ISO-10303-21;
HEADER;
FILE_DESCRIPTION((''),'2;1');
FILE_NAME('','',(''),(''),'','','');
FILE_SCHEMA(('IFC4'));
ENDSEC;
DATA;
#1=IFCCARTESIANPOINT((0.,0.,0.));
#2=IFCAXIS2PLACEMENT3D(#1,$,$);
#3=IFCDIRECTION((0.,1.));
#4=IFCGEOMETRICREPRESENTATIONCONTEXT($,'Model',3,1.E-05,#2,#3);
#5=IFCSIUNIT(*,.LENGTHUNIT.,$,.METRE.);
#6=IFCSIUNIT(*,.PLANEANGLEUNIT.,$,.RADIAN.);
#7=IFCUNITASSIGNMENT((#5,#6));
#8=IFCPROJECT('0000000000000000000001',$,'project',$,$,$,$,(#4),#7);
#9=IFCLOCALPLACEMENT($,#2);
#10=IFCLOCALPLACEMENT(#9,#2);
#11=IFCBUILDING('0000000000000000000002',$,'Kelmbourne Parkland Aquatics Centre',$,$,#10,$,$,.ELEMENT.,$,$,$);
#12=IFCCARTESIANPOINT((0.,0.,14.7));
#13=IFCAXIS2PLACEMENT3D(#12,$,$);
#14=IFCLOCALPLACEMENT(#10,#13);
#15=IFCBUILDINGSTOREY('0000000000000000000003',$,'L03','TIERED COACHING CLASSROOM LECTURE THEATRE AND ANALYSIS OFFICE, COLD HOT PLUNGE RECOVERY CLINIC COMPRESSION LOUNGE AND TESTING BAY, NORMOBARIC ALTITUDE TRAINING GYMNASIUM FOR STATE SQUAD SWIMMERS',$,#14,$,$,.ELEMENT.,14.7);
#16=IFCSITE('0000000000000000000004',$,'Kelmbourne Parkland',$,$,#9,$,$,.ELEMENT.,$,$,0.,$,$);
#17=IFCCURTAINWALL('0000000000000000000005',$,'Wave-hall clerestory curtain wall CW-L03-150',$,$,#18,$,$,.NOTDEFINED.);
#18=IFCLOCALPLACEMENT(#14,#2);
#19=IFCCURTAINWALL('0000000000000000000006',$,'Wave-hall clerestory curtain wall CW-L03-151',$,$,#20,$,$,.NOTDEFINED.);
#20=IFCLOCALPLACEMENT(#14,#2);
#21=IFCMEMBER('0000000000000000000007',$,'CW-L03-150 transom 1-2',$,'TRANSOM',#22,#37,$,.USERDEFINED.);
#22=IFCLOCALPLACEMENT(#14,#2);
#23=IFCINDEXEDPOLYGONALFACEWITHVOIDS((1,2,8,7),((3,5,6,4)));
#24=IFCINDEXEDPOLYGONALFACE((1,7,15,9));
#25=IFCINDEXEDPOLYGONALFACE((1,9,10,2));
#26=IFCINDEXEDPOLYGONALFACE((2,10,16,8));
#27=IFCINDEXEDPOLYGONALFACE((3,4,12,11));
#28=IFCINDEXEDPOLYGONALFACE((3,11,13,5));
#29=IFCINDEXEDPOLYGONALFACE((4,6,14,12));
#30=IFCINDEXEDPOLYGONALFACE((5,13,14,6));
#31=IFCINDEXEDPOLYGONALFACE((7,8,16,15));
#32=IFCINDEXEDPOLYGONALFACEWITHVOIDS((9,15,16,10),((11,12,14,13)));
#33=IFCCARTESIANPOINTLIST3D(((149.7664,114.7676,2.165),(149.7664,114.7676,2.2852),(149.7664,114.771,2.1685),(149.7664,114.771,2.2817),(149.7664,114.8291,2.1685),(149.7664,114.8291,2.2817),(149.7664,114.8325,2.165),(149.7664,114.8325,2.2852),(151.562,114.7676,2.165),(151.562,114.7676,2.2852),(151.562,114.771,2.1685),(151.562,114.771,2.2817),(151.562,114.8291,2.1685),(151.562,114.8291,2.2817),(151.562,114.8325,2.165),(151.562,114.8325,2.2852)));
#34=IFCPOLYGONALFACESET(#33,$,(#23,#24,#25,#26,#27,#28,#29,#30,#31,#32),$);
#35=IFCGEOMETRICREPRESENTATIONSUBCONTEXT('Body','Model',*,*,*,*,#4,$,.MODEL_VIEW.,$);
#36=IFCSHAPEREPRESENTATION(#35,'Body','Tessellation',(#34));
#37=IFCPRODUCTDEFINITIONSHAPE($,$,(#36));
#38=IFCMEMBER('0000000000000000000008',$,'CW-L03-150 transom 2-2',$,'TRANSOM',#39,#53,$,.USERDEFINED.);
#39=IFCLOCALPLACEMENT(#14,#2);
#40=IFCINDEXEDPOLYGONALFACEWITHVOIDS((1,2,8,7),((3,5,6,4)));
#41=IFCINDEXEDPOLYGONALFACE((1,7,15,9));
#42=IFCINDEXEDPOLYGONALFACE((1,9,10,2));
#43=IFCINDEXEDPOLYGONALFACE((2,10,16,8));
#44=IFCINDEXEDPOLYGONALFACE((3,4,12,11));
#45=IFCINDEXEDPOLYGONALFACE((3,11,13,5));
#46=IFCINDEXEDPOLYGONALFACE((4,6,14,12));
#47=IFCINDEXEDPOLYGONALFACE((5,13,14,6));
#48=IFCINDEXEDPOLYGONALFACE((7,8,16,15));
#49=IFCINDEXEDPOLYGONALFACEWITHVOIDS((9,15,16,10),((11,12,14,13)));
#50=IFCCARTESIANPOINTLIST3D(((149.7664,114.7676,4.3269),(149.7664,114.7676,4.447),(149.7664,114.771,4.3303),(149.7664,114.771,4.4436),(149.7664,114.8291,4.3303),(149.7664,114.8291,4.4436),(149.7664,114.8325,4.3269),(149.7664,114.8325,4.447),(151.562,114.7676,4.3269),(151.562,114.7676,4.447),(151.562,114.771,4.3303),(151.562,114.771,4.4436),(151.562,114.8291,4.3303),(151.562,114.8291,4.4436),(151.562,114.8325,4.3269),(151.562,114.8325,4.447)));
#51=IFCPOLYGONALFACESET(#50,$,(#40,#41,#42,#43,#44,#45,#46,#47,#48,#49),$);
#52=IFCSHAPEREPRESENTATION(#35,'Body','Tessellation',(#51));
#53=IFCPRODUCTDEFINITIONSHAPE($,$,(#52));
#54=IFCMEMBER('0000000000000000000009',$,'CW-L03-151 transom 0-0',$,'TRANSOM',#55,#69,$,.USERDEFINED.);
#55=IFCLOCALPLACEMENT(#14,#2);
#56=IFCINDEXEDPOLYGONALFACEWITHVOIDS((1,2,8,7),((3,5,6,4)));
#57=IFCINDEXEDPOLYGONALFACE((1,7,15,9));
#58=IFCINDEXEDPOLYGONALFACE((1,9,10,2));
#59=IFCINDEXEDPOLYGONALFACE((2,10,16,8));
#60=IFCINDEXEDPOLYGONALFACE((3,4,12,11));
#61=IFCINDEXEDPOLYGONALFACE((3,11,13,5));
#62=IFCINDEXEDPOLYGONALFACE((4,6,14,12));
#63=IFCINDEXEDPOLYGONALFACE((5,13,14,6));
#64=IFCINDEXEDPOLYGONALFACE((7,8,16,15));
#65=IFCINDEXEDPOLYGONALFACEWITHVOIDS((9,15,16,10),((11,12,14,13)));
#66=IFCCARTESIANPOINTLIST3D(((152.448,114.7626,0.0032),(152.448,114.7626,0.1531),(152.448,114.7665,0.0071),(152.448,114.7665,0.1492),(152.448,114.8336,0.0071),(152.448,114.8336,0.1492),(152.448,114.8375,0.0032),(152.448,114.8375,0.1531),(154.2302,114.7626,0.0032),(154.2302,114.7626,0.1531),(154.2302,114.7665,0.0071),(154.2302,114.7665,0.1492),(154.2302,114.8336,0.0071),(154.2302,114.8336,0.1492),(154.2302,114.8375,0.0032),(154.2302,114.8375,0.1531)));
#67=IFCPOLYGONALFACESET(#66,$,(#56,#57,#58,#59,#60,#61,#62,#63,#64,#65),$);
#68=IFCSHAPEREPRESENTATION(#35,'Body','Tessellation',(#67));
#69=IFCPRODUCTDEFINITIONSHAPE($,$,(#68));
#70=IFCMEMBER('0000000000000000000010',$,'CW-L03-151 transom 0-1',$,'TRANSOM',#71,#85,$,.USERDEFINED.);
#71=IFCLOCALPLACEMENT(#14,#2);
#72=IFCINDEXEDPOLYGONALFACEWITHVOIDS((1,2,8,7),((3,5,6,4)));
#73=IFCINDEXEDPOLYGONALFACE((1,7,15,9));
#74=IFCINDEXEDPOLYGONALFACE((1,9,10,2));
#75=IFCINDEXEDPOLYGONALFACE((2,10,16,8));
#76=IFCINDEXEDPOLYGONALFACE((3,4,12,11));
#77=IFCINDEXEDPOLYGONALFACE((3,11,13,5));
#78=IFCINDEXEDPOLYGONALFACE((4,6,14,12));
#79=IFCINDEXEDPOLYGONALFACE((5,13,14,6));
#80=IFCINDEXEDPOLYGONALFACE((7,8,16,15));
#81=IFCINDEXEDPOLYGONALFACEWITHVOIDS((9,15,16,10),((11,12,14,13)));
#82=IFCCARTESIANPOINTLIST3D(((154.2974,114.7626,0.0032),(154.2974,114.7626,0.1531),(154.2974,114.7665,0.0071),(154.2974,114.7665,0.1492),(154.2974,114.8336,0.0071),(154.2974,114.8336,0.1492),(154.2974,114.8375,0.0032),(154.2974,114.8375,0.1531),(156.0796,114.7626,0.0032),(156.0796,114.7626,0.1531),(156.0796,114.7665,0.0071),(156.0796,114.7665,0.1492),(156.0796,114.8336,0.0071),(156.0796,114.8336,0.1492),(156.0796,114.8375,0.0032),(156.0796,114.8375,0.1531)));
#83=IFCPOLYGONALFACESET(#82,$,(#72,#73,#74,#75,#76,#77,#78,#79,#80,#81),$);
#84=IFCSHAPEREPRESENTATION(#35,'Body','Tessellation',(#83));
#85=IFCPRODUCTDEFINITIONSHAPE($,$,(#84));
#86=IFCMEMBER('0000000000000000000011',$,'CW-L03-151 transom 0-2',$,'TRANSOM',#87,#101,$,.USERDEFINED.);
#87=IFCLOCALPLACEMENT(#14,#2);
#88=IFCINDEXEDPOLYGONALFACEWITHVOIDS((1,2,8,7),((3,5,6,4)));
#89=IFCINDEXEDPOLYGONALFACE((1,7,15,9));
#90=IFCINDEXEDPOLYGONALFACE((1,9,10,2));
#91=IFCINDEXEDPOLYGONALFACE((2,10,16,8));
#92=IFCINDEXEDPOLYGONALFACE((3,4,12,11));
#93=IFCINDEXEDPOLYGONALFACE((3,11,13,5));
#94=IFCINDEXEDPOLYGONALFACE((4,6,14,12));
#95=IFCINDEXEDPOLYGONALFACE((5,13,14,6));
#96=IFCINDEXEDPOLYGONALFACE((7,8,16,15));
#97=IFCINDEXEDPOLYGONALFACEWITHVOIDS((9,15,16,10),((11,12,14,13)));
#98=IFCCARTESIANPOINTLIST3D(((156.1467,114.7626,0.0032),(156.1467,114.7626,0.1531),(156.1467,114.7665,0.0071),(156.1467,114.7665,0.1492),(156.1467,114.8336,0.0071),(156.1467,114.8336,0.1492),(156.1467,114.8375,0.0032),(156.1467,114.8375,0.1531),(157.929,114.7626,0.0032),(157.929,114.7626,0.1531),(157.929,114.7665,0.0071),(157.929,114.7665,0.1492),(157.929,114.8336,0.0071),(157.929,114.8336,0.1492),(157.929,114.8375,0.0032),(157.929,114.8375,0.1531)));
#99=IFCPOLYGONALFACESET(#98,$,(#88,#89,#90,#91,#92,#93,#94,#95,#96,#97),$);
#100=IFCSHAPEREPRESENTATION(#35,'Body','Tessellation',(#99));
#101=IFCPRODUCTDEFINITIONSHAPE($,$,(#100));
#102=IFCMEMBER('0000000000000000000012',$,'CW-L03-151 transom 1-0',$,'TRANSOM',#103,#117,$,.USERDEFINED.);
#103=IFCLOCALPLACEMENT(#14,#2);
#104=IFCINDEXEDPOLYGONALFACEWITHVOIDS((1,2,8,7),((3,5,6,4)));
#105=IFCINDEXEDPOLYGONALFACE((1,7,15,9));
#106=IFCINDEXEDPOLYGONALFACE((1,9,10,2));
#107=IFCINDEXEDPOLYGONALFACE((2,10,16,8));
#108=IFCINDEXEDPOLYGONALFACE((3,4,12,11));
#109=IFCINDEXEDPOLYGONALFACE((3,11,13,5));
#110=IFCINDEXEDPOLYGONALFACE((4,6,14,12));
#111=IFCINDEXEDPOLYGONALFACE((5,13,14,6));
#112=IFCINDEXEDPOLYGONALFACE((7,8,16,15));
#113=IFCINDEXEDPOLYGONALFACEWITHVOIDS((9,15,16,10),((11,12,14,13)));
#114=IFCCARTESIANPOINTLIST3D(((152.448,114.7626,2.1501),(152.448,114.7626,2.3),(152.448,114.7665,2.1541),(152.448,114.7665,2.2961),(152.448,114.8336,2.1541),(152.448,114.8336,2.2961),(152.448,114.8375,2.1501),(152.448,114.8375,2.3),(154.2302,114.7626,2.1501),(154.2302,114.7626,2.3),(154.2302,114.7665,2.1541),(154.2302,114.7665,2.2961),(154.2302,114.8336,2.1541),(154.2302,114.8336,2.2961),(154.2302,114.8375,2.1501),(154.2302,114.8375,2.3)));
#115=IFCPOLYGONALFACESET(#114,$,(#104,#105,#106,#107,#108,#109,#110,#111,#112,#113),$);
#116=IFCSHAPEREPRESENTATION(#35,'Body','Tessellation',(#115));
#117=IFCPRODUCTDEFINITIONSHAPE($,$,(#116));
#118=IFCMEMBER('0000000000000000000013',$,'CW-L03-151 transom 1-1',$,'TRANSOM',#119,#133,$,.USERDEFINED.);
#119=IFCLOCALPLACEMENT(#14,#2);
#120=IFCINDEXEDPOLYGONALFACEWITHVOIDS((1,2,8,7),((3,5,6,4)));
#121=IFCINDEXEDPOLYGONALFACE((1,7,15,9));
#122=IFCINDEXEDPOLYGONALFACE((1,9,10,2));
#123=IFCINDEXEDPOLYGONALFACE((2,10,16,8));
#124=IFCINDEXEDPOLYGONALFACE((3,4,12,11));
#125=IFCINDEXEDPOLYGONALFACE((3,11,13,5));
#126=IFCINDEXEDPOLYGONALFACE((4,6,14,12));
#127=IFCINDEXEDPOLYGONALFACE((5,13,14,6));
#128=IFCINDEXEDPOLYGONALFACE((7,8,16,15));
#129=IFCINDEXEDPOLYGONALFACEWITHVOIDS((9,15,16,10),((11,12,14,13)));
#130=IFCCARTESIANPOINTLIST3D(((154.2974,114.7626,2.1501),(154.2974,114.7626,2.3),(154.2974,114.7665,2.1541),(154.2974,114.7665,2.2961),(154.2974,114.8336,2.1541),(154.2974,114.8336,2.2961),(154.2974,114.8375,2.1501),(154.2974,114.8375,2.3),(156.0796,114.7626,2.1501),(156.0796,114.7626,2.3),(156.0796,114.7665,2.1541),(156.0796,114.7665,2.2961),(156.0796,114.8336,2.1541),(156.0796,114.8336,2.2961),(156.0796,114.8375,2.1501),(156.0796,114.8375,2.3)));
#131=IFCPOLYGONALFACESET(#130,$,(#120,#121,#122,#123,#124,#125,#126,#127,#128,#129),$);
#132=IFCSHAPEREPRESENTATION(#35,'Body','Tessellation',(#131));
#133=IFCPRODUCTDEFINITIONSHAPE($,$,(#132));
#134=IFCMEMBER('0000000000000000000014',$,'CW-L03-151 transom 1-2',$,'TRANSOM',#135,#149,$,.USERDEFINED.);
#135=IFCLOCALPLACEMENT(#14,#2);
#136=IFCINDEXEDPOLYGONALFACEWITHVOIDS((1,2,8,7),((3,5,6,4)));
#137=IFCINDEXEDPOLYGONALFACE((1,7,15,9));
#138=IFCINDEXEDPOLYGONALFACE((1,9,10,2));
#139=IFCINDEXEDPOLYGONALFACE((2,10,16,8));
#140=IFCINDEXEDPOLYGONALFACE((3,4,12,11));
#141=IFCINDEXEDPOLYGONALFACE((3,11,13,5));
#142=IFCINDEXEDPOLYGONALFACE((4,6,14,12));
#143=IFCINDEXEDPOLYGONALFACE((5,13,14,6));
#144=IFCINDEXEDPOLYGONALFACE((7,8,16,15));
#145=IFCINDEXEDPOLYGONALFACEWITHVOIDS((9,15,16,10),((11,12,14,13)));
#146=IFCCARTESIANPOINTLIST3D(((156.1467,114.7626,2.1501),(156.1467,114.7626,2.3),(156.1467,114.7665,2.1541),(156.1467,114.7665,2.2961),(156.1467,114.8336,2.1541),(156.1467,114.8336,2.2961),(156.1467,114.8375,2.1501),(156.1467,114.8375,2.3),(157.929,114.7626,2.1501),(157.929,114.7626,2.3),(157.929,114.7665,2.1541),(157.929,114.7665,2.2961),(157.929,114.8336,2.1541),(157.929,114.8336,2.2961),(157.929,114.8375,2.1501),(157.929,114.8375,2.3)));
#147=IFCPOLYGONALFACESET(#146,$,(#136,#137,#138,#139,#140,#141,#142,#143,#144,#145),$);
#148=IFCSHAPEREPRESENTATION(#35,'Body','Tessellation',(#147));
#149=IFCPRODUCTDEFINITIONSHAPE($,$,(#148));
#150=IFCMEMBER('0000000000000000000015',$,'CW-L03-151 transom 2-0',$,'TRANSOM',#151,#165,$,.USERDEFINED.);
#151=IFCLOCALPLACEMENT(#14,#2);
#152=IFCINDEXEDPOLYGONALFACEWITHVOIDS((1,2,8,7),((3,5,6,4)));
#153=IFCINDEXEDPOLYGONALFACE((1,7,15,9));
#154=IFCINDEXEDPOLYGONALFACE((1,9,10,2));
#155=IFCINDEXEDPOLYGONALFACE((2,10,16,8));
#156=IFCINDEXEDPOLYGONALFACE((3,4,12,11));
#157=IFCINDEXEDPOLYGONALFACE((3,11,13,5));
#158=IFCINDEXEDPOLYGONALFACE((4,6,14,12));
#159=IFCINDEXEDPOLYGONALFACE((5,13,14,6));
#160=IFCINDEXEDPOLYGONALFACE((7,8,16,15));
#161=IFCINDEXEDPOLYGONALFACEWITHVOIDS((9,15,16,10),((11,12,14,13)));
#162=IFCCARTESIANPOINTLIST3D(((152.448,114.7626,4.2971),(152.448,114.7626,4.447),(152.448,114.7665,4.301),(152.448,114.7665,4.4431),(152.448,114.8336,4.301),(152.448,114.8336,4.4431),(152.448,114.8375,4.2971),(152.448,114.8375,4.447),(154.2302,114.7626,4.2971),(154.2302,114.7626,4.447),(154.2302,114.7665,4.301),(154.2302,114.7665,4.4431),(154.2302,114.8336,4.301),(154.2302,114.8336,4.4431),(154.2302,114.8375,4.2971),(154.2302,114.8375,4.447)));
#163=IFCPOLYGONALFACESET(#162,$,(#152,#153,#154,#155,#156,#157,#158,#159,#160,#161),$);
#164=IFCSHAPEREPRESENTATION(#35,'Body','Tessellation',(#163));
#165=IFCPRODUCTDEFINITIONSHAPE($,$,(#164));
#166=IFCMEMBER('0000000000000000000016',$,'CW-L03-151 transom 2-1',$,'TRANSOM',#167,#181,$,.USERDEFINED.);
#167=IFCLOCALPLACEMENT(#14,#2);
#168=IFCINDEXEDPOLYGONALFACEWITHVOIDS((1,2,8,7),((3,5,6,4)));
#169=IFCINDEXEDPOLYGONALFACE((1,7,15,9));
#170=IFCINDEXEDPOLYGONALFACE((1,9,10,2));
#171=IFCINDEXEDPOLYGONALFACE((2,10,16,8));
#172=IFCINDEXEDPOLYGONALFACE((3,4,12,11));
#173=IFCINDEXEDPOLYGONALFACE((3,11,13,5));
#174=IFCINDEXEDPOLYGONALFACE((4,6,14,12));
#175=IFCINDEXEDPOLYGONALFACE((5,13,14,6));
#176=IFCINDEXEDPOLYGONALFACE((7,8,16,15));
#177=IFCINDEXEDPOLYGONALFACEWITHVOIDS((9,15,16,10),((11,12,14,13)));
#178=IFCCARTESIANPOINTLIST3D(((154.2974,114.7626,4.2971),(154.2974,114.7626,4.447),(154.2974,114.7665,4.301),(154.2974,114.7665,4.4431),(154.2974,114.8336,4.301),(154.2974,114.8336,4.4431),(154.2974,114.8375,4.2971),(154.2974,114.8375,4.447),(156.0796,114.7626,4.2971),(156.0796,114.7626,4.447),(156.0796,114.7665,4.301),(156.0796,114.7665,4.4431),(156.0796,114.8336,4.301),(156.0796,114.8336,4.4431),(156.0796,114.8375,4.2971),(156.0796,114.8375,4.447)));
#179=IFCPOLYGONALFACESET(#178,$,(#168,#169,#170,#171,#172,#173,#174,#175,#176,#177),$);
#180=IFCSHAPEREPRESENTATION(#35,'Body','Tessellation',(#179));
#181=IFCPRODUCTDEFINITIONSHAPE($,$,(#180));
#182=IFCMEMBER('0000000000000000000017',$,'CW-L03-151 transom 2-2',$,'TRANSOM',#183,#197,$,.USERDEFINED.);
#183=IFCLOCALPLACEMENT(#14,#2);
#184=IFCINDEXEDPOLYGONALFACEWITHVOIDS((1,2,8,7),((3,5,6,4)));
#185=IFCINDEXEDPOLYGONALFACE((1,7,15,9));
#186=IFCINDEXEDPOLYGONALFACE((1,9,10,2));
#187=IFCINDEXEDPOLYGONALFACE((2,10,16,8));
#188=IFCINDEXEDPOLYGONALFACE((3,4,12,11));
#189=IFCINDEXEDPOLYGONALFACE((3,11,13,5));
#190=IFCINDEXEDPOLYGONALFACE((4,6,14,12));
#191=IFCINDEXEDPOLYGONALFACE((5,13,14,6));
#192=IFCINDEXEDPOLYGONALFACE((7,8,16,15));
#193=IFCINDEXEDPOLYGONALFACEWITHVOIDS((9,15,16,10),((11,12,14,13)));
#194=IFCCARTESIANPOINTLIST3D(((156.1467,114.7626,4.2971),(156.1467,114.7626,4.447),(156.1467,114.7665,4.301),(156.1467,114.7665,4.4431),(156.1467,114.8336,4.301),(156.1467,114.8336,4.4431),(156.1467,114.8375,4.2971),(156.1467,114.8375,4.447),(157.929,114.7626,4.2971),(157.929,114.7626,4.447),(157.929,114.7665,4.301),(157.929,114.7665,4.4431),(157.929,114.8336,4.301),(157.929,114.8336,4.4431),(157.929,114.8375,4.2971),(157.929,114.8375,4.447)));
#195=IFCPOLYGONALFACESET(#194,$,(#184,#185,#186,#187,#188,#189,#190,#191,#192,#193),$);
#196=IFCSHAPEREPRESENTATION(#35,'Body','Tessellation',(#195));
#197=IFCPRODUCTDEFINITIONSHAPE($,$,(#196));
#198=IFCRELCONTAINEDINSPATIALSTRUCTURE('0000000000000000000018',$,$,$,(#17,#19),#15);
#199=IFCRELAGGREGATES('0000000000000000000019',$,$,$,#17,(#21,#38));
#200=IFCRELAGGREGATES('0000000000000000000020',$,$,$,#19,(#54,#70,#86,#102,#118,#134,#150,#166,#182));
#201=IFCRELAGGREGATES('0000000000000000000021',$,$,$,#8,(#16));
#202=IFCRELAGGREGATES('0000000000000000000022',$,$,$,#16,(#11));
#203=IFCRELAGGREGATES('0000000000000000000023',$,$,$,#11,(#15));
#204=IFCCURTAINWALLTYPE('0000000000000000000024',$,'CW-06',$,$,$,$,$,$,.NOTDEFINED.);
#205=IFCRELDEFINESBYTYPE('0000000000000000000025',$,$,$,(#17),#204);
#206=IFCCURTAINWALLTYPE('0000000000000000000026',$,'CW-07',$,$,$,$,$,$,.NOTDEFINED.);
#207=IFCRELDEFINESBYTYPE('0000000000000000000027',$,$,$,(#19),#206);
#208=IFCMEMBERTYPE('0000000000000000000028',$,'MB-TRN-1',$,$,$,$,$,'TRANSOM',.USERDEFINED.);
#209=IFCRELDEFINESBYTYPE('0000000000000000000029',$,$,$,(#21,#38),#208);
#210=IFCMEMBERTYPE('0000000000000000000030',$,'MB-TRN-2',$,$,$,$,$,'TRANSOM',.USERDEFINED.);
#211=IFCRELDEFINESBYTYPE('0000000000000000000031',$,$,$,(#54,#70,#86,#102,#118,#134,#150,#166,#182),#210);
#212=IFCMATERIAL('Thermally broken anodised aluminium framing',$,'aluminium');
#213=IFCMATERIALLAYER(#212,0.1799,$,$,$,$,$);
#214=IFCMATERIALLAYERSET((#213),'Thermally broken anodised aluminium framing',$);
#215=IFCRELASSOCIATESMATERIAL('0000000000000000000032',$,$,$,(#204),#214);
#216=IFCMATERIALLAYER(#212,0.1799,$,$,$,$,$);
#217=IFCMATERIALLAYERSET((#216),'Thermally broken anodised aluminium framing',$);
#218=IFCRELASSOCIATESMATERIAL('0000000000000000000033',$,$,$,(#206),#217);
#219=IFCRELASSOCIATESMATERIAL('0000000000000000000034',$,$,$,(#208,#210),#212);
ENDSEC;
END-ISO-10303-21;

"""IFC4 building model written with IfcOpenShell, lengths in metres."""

from ifc_helpers import new_model, si_unit, direction, frame, origin, origin_2d, place, context, subcontext, project, spatial, hollow_rectangle, extrude, material, layer, layer_set, material_profile, profile_set, type_object, element, aggregate, save


model = new_model("IFC4")

# Units and contexts
model_context = context("Model", 3, precision=1e-05, world=origin(), true_north=direction((0.0, 1.0)))
body_context = subcontext(model_context, "Body", "Model", "MODEL_VIEW")
ifc_project = project(units=[si_unit("LENGTHUNIT", "METRE"), si_unit("PLANEANGLEUNIT", "RADIAN")], contexts=[model_context])

# Site, building, storey
site_placement = place(None, origin())
site = spatial("IfcSite", under=ifc_project, at=site_placement, Name="Kelmbourne Parkland", CompositionType="ELEMENT", RefElevation=0.0)
building_placement = place(site_placement, origin())
building = spatial("IfcBuilding", under=site, at=building_placement, Name="Kelmbourne Parkland Aquatics Centre", CompositionType="ELEMENT")
storey_placement = place(building_placement, frame((0.0, 0.0, 14.7)))
storey = spatial("IfcBuildingStorey", under=building, at=storey_placement, Name="L03", Description="TIERED COACHING CLASSROOM LECTURE THEATRE AND ANALYSIS OFFICE, COLD HOT PLUNGE RECOVERY CLINIC COMPRESSION LOUNGE AND TESTING BAY, NORMOBARIC ALTITUDE TRAINING GYMNASIUM FOR STATE SQUAD SWIMMERS", CompositionType="ELEMENT", Elevation=14.7)

# Curtain walls
ifc_material_1 = material(Name="Thermally broken anodised aluminium framing", Category="aluminium")
ifc_layer_1 = layer(ifc_material_1, 0.1799)
ifc_layer_set_1 = layer_set([ifc_layer_1], Name="Thermally broken anodised aluminium framing")
curtain_wall_type_1 = type_object("IfcCurtainWallType", Name="CW-06", PredefinedType="NOTDEFINED", material=ifc_layer_set_1)
curtain_wall_1_placement = place(storey_placement, origin())
curtain_wall_1 = element("IfcCurtainWall", 1, at=curtain_wall_1_placement, inside=storey, type_object=curtain_wall_type_1, Name="Wave-hall clerestory curtain wall CW-L03-150", PredefinedType="NOTDEFINED")
ifc_layer_2 = layer(ifc_material_1, 0.1799)
ifc_layer_set_2 = layer_set([ifc_layer_2], Name="Thermally broken anodised aluminium framing")
curtain_wall_type_2 = type_object("IfcCurtainWallType", Name="CW-07", PredefinedType="NOTDEFINED", material=ifc_layer_set_2)
curtain_wall_2_placement = place(storey_placement, origin())
curtain_wall_2 = element("IfcCurtainWall", 2, at=curtain_wall_2_placement, inside=storey, type_object=curtain_wall_type_2, Name="Wave-hall clerestory curtain wall CW-L03-151", PredefinedType="NOTDEFINED")

# Members
ifc_material_profile_1 = material_profile(ifc_material_1, hollow_rectangle(XDim=0.0649, YDim=0.1201, WallThickness=0.0034, at=origin_2d()), Name="CW-T 65x120")
ifc_profile_set_1 = profile_set([ifc_material_profile_1], Name="Thermally broken anodised aluminium framing")
member_type_1 = type_object("IfcMemberType", Name="MB-TRN-1", ElementType="TRANSOM", PredefinedType="USERDEFINED", material=ifc_profile_set_1)
member_1_placement = place(storey_placement, frame((149.7664, 114.8, 2.2251), z_axis=(1.0, 0.0, 0.0), x_axis=(0.0, 1.0, 0.0)))
member_1 = element("IfcMember", 3, at=member_1_placement, type_object=member_type_1, Name="CW-L03-150 transom 1-2", ObjectType="TRANSOM", PredefinedType="USERDEFINED", context=body_context, shape_type="SweptSolid", body=[
    extrude(hollow_rectangle(XDim=0.0649, YDim=0.1201, WallThickness=0.0034, at=origin_2d()), origin(), (0.0, 0.0, 1.0), 1.7957),
])
member_2_placement = place(storey_placement, frame((149.7664, 114.8, 4.387), z_axis=(1.0, 0.0, 0.0), x_axis=(0.0, 1.0, 0.0)))
member_2 = element("IfcMember", 4, at=member_2_placement, type_object=member_type_1, Name="CW-L03-150 transom 2-2", ObjectType="TRANSOM", PredefinedType="USERDEFINED", context=body_context, shape_type="SweptSolid", body=[
    extrude(hollow_rectangle(XDim=0.0649, YDim=0.1201, WallThickness=0.0034, at=origin_2d()), origin(), (0.0, 0.0, 1.0), 1.7957),
])
ifc_material_profile_2 = material_profile(ifc_material_1, hollow_rectangle(XDim=0.075, YDim=0.1499, WallThickness=0.0039, at=origin_2d()), Name="CW-T 75x150")
ifc_profile_set_2 = profile_set([ifc_material_profile_2], Name="Thermally broken anodised aluminium framing")
member_type_2 = type_object("IfcMemberType", Name="MB-TRN-2", ElementType="TRANSOM", PredefinedType="USERDEFINED", material=ifc_profile_set_2)
member_3_placement = place(storey_placement, frame((152.448, 114.8, 0.0781), z_axis=(1.0, 0.0, 0.0), x_axis=(0.0, 1.0, 0.0)))
member_3 = element("IfcMember", 5, at=member_3_placement, type_object=member_type_2, Name="CW-L03-151 transom 0-0", ObjectType="TRANSOM", PredefinedType="USERDEFINED", context=body_context, shape_type="SweptSolid", body=[
    extrude(hollow_rectangle(XDim=0.075, YDim=0.1499, WallThickness=0.0039, at=origin_2d()), origin(), (0.0, 0.0, 1.0), 1.7822),
])
member_4_placement = place(storey_placement, frame((154.2974, 114.8, 0.0781), z_axis=(1.0, 0.0, 0.0), x_axis=(0.0, 1.0, 0.0)))
member_4 = element("IfcMember", 6, at=member_4_placement, type_object=member_type_2, Name="CW-L03-151 transom 0-1", ObjectType="TRANSOM", PredefinedType="USERDEFINED", context=body_context, shape_type="SweptSolid", body=[
    extrude(hollow_rectangle(XDim=0.075, YDim=0.1499, WallThickness=0.0039, at=origin_2d()), origin(), (0.0, 0.0, 1.0), 1.7822),
])
member_5_placement = place(storey_placement, frame((156.1467, 114.8, 0.0781), z_axis=(1.0, 0.0, 0.0), x_axis=(0.0, 1.0, 0.0)))
member_5 = element("IfcMember", 7, at=member_5_placement, type_object=member_type_2, Name="CW-L03-151 transom 0-2", ObjectType="TRANSOM", PredefinedType="USERDEFINED", context=body_context, shape_type="SweptSolid", body=[
    extrude(hollow_rectangle(XDim=0.075, YDim=0.1499, WallThickness=0.0039, at=origin_2d()), origin(), (0.0, 0.0, 1.0), 1.7822),
])
member_6_placement = place(storey_placement, frame((152.448, 114.8, 2.2251), z_axis=(1.0, 0.0, 0.0), x_axis=(0.0, 1.0, 0.0)))
member_6 = element("IfcMember", 8, at=member_6_placement, type_object=member_type_2, Name="CW-L03-151 transom 1-0", ObjectType="TRANSOM", PredefinedType="USERDEFINED", context=body_context, shape_type="SweptSolid", body=[
    extrude(hollow_rectangle(XDim=0.075, YDim=0.1499, WallThickness=0.0039, at=origin_2d()), origin(), (0.0, 0.0, 1.0), 1.7822),
])
member_7_placement = place(storey_placement, frame((154.2974, 114.8, 2.2251), z_axis=(1.0, 0.0, 0.0), x_axis=(0.0, 1.0, 0.0)))
member_7 = element("IfcMember", 9, at=member_7_placement, type_object=member_type_2, Name="CW-L03-151 transom 1-1", ObjectType="TRANSOM", PredefinedType="USERDEFINED", context=body_context, shape_type="SweptSolid", body=[
    extrude(hollow_rectangle(XDim=0.075, YDim=0.1499, WallThickness=0.0039, at=origin_2d()), origin(), (0.0, 0.0, 1.0), 1.7822),
])
member_8_placement = place(storey_placement, frame((156.1467, 114.8, 2.2251), z_axis=(1.0, 0.0, 0.0), x_axis=(0.0, 1.0, 0.0)))
member_8 = element("IfcMember", 10, at=member_8_placement, type_object=member_type_2, Name="CW-L03-151 transom 1-2", ObjectType="TRANSOM", PredefinedType="USERDEFINED", context=body_context, shape_type="SweptSolid", body=[
    extrude(hollow_rectangle(XDim=0.075, YDim=0.1499, WallThickness=0.0039, at=origin_2d()), origin(), (0.0, 0.0, 1.0), 1.7822),
])
member_9_placement = place(storey_placement, frame((152.448, 114.8, 4.3721), z_axis=(1.0, 0.0, 0.0), x_axis=(0.0, 1.0, 0.0)))
member_9 = element("IfcMember", 11, at=member_9_placement, type_object=member_type_2, Name="CW-L03-151 transom 2-0", ObjectType="TRANSOM", PredefinedType="USERDEFINED", context=body_context, shape_type="SweptSolid", body=[
    extrude(hollow_rectangle(XDim=0.075, YDim=0.1499, WallThickness=0.0039, at=origin_2d()), origin(), (0.0, 0.0, 1.0), 1.7822),
])
member_10_placement = place(storey_placement, frame((154.2974, 114.8, 4.3721), z_axis=(1.0, 0.0, 0.0), x_axis=(0.0, 1.0, 0.0)))
member_10 = element("IfcMember", 12, at=member_10_placement, type_object=member_type_2, Name="CW-L03-151 transom 2-1", ObjectType="TRANSOM", PredefinedType="USERDEFINED", context=body_context, shape_type="SweptSolid", body=[
    extrude(hollow_rectangle(XDim=0.075, YDim=0.1499, WallThickness=0.0039, at=origin_2d()), origin(), (0.0, 0.0, 1.0), 1.7822),
])
member_11_placement = place(storey_placement, frame((156.1467, 114.8, 4.3721), z_axis=(1.0, 0.0, 0.0), x_axis=(0.0, 1.0, 0.0)))
member_11 = element("IfcMember", 13, at=member_11_placement, type_object=member_type_2, Name="CW-L03-151 transom 2-2", ObjectType="TRANSOM", PredefinedType="USERDEFINED", context=body_context, shape_type="SweptSolid", body=[
    extrude(hollow_rectangle(XDim=0.075, YDim=0.1499, WallThickness=0.0039, at=origin_2d()), origin(), (0.0, 0.0, 1.0), 1.7822),
])

aggregate(curtain_wall_1, [member_1, member_2])
aggregate(curtain_wall_2, [member_3, member_4, member_5, member_6, member_7, member_8, member_9, member_10, member_11])

save(model, "model.ifc")
